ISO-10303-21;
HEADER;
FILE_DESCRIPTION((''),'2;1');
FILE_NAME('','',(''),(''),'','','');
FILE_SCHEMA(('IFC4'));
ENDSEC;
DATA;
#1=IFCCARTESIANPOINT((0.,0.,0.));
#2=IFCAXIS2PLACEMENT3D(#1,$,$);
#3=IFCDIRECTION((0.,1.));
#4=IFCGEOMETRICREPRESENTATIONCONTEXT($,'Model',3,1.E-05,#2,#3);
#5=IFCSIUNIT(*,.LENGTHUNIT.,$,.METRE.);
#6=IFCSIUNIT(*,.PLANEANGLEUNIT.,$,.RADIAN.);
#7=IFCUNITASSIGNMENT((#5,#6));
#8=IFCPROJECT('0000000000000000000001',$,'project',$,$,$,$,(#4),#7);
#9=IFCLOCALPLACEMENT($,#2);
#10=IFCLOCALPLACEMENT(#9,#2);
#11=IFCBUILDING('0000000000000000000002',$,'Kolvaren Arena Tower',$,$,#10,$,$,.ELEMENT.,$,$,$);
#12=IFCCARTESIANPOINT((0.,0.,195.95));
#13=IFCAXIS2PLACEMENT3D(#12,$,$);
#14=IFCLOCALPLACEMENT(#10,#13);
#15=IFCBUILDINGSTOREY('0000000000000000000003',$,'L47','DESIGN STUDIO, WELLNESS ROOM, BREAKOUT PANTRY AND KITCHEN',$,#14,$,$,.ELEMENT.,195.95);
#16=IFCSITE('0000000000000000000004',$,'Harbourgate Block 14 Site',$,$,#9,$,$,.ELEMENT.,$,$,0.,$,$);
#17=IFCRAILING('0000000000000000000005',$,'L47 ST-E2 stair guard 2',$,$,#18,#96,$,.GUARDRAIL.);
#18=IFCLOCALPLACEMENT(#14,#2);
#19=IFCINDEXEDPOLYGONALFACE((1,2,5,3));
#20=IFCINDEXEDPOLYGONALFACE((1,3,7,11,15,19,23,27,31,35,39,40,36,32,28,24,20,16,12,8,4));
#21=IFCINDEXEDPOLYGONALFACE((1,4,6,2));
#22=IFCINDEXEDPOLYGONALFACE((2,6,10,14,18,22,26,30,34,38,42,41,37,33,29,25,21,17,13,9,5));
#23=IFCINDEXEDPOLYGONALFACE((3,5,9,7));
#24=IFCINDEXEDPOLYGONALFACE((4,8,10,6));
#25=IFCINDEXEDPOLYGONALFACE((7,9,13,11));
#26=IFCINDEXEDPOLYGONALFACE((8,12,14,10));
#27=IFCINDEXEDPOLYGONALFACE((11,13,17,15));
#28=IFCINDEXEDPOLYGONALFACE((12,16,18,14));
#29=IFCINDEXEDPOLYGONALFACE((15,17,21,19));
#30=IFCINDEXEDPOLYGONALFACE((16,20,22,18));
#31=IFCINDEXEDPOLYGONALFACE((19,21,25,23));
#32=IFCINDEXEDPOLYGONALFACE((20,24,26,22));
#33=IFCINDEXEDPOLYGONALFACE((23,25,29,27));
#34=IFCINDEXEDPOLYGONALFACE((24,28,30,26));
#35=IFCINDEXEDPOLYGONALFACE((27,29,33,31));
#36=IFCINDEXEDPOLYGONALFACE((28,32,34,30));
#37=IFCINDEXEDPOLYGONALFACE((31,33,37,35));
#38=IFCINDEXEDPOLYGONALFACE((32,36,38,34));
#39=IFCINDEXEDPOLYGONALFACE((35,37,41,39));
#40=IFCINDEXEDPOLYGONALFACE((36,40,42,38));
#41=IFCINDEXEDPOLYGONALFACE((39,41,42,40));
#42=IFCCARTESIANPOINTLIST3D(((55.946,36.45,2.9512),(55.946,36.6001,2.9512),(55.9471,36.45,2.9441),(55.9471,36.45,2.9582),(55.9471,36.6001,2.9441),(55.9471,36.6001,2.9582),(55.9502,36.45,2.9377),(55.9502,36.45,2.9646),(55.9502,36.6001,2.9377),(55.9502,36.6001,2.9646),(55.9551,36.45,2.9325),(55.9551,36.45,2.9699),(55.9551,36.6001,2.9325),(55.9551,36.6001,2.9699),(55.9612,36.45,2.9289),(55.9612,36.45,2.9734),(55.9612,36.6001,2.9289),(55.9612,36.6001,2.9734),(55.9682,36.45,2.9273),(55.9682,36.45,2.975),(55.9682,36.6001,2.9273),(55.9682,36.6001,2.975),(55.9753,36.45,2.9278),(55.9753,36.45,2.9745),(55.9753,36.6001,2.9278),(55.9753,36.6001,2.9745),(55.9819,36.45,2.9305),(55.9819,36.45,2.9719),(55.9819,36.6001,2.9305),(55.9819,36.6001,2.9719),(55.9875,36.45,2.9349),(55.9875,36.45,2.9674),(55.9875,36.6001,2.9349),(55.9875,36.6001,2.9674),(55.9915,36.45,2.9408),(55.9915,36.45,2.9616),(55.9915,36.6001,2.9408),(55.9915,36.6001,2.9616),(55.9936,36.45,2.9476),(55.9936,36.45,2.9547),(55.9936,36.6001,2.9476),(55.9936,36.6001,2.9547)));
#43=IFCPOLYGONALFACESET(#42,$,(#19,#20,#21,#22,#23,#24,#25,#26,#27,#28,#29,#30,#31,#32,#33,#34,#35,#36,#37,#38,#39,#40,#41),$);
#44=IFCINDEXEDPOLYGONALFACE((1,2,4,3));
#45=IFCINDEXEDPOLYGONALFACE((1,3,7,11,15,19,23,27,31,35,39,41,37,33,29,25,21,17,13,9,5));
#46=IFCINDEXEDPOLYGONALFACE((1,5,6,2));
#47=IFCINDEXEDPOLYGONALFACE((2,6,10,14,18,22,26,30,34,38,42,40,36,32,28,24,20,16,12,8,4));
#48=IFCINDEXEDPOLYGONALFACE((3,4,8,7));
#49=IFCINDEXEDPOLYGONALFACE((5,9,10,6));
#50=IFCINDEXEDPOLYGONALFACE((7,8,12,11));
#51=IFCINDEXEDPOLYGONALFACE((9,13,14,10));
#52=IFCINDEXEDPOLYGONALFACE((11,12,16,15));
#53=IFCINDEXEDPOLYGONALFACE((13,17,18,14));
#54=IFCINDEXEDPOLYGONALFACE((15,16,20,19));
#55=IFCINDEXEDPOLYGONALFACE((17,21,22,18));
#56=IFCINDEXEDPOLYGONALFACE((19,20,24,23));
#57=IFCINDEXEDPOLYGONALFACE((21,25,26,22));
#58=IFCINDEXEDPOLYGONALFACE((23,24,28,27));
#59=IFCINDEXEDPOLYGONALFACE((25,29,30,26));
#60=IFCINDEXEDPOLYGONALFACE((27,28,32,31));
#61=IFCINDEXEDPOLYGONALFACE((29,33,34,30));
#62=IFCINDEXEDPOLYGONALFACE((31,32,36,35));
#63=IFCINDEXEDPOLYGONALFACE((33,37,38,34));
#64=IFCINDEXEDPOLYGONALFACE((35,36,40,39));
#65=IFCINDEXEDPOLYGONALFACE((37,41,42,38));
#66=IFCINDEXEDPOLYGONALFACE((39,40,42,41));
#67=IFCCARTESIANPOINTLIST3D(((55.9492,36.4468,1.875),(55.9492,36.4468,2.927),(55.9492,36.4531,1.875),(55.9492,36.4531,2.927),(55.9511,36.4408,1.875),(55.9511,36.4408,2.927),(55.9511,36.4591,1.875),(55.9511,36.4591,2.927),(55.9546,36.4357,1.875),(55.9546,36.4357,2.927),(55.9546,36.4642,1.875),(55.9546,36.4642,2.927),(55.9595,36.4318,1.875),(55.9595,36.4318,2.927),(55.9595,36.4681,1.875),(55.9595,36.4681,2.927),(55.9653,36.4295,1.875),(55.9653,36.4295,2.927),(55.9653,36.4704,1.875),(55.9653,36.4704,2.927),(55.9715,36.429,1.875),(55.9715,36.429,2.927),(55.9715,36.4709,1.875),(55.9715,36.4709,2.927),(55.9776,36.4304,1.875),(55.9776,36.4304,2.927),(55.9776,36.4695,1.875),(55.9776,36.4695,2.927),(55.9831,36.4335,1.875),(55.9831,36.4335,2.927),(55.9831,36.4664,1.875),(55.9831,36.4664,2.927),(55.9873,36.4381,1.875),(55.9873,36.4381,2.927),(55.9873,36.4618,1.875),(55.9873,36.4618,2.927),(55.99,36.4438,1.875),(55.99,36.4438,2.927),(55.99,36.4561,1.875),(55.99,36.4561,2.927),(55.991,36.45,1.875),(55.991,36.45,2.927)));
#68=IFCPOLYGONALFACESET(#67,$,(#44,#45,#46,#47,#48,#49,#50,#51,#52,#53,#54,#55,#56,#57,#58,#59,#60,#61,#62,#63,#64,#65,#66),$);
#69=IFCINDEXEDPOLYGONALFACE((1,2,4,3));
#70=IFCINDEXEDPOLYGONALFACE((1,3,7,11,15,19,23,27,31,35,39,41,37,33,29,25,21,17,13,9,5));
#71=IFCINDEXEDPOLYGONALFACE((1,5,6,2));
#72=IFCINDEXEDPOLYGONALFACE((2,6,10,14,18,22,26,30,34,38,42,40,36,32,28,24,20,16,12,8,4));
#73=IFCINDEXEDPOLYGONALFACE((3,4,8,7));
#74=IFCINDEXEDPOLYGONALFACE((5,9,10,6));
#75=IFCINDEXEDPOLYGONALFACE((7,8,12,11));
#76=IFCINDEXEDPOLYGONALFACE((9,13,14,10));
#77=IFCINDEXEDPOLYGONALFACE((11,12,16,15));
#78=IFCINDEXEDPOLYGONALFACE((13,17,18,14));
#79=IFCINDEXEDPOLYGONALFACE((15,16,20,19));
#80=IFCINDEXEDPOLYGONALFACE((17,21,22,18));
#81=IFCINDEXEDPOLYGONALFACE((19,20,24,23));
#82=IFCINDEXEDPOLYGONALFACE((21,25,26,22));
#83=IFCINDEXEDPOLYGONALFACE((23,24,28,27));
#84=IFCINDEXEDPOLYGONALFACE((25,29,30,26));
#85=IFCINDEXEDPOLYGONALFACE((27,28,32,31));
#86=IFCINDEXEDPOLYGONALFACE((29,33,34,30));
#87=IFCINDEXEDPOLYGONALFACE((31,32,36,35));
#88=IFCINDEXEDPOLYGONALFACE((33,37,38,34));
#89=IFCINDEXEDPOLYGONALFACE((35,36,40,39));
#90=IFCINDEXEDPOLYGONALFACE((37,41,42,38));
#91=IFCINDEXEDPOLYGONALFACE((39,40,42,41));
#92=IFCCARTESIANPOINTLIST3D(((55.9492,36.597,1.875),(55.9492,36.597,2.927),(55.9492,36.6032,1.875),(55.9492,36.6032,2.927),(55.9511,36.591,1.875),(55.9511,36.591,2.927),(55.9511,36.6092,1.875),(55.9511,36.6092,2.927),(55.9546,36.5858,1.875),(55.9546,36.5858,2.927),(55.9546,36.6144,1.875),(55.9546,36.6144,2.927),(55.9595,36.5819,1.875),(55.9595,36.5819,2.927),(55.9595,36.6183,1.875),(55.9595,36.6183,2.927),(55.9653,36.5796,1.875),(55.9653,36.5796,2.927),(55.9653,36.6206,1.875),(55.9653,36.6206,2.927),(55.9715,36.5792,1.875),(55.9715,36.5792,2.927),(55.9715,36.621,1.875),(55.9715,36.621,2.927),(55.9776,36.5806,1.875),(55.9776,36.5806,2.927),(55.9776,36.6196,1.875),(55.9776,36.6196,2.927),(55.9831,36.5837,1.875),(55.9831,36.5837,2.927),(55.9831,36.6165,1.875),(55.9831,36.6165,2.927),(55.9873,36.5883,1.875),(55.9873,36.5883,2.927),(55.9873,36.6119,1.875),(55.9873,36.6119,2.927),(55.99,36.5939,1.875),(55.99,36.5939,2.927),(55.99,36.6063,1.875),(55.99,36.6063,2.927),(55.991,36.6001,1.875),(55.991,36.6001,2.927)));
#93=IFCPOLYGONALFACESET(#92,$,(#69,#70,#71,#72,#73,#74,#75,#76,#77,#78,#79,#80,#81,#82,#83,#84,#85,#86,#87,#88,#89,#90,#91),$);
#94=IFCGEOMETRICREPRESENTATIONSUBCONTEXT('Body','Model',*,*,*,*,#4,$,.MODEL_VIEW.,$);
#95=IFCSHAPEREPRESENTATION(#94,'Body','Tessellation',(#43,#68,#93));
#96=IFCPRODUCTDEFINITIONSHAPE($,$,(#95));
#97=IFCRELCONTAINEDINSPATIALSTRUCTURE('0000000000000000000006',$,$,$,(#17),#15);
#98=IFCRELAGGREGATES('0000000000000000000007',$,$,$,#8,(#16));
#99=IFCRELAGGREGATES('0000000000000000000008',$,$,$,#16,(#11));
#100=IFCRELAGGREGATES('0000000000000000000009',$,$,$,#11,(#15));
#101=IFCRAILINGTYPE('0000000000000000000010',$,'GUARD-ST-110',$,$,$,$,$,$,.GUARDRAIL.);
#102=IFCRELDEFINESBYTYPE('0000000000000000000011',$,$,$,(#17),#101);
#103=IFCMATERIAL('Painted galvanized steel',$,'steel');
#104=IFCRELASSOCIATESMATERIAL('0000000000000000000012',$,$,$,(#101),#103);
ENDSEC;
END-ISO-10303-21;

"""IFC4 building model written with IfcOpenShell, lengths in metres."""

from ifc_helpers import new_model, si_unit, direction, frame, origin, origin_2d, place, context, subcontext, project, spatial, circle, extrude, material, type_object, element, save


model = new_model("IFC4")

# Units and contexts
model_context = context("Model", 3, precision=1e-05, world=origin(), true_north=direction((0.0, 1.0)))
body_context = subcontext(model_context, "Body", "Model", "MODEL_VIEW")
ifc_project = project(units=[si_unit("LENGTHUNIT", "METRE"), si_unit("PLANEANGLEUNIT", "RADIAN")], contexts=[model_context])

# Site, building, storey
site_placement = place(None, origin())
site = spatial("IfcSite", under=ifc_project, at=site_placement, Name="Harbourgate Block 14 Site", CompositionType="ELEMENT", RefElevation=0.0)
building_placement = place(site_placement, origin())
building = spatial("IfcBuilding", under=site, at=building_placement, Name="Kolvaren Arena Tower", CompositionType="ELEMENT")
storey_placement = place(building_placement, frame((0.0, 0.0, 195.95)))
storey = spatial("IfcBuildingStorey", under=building, at=storey_placement, Name="L47", Description="DESIGN STUDIO, WELLNESS ROOM, BREAKOUT PANTRY AND KITCHEN", CompositionType="ELEMENT", Elevation=195.95)

# Railing
ifc_material_1 = material(Name="Painted galvanized steel", Category="steel")
railing_type_1 = type_object("IfcRailingType", Name="GUARD-ST-110", PredefinedType="GUARDRAIL", material=ifc_material_1)
railing_1_placement = place(storey_placement, frame((55.97, 36.45, 1.875)))
element("IfcRailing", 1, at=railing_1_placement, inside=storey, type_object=railing_type_1, Name="L47 ST-E2 stair guard 2", PredefinedType="GUARDRAIL", context=body_context, shape_type="SweptSolid", body=[
    extrude(circle(Radius=0.0239, at=origin_2d()), frame((0.0, 0.0, 1.0762), z_axis=(0.0, 1.0, 0.0), x_axis=(-1.0, 0.0, 0.0)), (0.0, 0.0, 1.0), 0.1501),
    extrude(circle(Radius=0.021, at=origin_2d()), origin(), (0.0, 0.0, 1.0), 1.052),
    extrude(circle(Radius=0.021, at=origin_2d()), frame((0.0, 0.1501, 0.0)), (0.0, 0.0, 1.0), 1.052),
])

save(model, "model.ifc")
